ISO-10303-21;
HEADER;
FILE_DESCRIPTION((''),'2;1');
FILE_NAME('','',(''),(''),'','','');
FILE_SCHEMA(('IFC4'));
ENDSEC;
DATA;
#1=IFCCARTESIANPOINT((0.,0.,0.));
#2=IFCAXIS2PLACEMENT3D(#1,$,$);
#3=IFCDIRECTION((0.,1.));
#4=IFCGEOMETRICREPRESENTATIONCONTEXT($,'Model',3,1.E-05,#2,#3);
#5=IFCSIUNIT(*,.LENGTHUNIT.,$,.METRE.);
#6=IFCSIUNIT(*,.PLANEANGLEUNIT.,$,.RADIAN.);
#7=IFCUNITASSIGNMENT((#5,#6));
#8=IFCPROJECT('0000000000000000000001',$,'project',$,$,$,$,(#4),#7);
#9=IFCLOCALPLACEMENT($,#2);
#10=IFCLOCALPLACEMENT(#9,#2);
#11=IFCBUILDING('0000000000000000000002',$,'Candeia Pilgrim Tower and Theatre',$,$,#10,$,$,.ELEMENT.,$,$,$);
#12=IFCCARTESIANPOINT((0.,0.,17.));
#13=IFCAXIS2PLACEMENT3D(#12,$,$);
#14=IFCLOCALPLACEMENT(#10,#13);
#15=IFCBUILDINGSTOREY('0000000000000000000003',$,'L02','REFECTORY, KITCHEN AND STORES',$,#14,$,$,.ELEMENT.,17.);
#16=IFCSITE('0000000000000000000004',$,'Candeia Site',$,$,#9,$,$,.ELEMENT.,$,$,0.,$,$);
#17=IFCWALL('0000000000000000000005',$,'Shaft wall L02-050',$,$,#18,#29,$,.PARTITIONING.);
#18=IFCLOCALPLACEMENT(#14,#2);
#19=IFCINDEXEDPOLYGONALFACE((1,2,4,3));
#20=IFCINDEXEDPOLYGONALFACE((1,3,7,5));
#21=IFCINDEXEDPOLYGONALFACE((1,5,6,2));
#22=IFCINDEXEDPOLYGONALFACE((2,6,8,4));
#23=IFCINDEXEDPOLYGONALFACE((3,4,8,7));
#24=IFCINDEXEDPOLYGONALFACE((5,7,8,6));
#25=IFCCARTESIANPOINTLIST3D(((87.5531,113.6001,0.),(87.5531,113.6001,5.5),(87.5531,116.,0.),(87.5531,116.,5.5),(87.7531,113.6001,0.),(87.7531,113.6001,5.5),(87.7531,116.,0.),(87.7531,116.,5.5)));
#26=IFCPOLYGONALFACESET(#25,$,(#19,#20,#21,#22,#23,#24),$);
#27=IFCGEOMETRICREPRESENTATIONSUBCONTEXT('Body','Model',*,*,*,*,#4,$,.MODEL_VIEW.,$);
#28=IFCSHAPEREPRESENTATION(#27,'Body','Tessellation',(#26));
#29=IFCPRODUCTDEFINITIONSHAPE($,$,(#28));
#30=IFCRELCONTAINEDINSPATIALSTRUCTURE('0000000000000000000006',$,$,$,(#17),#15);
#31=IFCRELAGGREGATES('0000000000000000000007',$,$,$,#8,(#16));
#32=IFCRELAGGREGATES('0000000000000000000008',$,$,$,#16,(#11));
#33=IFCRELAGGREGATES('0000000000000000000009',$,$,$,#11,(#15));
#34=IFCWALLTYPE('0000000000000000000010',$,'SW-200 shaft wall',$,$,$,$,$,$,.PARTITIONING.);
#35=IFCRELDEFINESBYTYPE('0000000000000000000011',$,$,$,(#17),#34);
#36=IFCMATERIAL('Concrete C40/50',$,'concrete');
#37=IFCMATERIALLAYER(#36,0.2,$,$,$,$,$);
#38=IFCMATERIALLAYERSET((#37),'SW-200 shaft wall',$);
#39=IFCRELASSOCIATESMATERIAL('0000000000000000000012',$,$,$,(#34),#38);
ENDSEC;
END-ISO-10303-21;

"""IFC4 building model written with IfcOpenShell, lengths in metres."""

from ifc_helpers import new_model, si_unit, direction, frame, frame_2d, origin, place, context, subcontext, project, spatial, rectangle, extrude, material, layer, layer_set, type_object, element, save


model = new_model("IFC4")

# Units and contexts
model_context = context("Model", 3, precision=1e-05, world=origin(), true_north=direction((0.0, 1.0)))
body_context = subcontext(model_context, "Body", "Model", "MODEL_VIEW")
ifc_project = project(units=[si_unit("LENGTHUNIT", "METRE"), si_unit("PLANEANGLEUNIT", "RADIAN")], contexts=[model_context])

# Site, building, storey
site_placement = place(None, origin())
site = spatial("IfcSite", under=ifc_project, at=site_placement, Name="Candeia Site", CompositionType="ELEMENT", RefElevation=0.0)
building_placement = place(site_placement, origin())
building = spatial("IfcBuilding", under=site, at=building_placement, Name="Candeia Pilgrim Tower and Theatre", CompositionType="ELEMENT")
storey_placement = place(building_placement, frame((0.0, 0.0, 17.0)))
storey = spatial("IfcBuildingStorey", under=building, at=storey_placement, Name="L02", Description="REFECTORY, KITCHEN AND STORES", CompositionType="ELEMENT", Elevation=17.0)

# Shared definitions
ifc_material_1 = material(Name="Concrete C40/50", Category="concrete")
ifc_layer_1 = layer(ifc_material_1, 0.2)
ifc_layer_set_1 = layer_set([ifc_layer_1], Name="SW-200 shaft wall")
wall_type_1 = type_object("IfcWallType", Name="SW-200 shaft wall", PredefinedType="PARTITIONING", material=ifc_layer_set_1)

# Wall
wall_1_placement = place(storey_placement, frame((87.6531, 113.6001, 0.0), z_axis=(0.0, 0.0, 1.0), x_axis=(0.0, 1.0, 0.0)))
element("IfcWall", 1, at=wall_1_placement, inside=storey, type_object=wall_type_1, Name="Shaft wall L02-050", PredefinedType="PARTITIONING", context=body_context, shape_type="SweptSolid", body=[
    extrude(rectangle(XDim=2.3999, YDim=0.2, at=frame_2d((1.2, 0.0))), origin(), (0.0, 0.0, 1.0), 5.5),
])

save(model, "model.ifc")
